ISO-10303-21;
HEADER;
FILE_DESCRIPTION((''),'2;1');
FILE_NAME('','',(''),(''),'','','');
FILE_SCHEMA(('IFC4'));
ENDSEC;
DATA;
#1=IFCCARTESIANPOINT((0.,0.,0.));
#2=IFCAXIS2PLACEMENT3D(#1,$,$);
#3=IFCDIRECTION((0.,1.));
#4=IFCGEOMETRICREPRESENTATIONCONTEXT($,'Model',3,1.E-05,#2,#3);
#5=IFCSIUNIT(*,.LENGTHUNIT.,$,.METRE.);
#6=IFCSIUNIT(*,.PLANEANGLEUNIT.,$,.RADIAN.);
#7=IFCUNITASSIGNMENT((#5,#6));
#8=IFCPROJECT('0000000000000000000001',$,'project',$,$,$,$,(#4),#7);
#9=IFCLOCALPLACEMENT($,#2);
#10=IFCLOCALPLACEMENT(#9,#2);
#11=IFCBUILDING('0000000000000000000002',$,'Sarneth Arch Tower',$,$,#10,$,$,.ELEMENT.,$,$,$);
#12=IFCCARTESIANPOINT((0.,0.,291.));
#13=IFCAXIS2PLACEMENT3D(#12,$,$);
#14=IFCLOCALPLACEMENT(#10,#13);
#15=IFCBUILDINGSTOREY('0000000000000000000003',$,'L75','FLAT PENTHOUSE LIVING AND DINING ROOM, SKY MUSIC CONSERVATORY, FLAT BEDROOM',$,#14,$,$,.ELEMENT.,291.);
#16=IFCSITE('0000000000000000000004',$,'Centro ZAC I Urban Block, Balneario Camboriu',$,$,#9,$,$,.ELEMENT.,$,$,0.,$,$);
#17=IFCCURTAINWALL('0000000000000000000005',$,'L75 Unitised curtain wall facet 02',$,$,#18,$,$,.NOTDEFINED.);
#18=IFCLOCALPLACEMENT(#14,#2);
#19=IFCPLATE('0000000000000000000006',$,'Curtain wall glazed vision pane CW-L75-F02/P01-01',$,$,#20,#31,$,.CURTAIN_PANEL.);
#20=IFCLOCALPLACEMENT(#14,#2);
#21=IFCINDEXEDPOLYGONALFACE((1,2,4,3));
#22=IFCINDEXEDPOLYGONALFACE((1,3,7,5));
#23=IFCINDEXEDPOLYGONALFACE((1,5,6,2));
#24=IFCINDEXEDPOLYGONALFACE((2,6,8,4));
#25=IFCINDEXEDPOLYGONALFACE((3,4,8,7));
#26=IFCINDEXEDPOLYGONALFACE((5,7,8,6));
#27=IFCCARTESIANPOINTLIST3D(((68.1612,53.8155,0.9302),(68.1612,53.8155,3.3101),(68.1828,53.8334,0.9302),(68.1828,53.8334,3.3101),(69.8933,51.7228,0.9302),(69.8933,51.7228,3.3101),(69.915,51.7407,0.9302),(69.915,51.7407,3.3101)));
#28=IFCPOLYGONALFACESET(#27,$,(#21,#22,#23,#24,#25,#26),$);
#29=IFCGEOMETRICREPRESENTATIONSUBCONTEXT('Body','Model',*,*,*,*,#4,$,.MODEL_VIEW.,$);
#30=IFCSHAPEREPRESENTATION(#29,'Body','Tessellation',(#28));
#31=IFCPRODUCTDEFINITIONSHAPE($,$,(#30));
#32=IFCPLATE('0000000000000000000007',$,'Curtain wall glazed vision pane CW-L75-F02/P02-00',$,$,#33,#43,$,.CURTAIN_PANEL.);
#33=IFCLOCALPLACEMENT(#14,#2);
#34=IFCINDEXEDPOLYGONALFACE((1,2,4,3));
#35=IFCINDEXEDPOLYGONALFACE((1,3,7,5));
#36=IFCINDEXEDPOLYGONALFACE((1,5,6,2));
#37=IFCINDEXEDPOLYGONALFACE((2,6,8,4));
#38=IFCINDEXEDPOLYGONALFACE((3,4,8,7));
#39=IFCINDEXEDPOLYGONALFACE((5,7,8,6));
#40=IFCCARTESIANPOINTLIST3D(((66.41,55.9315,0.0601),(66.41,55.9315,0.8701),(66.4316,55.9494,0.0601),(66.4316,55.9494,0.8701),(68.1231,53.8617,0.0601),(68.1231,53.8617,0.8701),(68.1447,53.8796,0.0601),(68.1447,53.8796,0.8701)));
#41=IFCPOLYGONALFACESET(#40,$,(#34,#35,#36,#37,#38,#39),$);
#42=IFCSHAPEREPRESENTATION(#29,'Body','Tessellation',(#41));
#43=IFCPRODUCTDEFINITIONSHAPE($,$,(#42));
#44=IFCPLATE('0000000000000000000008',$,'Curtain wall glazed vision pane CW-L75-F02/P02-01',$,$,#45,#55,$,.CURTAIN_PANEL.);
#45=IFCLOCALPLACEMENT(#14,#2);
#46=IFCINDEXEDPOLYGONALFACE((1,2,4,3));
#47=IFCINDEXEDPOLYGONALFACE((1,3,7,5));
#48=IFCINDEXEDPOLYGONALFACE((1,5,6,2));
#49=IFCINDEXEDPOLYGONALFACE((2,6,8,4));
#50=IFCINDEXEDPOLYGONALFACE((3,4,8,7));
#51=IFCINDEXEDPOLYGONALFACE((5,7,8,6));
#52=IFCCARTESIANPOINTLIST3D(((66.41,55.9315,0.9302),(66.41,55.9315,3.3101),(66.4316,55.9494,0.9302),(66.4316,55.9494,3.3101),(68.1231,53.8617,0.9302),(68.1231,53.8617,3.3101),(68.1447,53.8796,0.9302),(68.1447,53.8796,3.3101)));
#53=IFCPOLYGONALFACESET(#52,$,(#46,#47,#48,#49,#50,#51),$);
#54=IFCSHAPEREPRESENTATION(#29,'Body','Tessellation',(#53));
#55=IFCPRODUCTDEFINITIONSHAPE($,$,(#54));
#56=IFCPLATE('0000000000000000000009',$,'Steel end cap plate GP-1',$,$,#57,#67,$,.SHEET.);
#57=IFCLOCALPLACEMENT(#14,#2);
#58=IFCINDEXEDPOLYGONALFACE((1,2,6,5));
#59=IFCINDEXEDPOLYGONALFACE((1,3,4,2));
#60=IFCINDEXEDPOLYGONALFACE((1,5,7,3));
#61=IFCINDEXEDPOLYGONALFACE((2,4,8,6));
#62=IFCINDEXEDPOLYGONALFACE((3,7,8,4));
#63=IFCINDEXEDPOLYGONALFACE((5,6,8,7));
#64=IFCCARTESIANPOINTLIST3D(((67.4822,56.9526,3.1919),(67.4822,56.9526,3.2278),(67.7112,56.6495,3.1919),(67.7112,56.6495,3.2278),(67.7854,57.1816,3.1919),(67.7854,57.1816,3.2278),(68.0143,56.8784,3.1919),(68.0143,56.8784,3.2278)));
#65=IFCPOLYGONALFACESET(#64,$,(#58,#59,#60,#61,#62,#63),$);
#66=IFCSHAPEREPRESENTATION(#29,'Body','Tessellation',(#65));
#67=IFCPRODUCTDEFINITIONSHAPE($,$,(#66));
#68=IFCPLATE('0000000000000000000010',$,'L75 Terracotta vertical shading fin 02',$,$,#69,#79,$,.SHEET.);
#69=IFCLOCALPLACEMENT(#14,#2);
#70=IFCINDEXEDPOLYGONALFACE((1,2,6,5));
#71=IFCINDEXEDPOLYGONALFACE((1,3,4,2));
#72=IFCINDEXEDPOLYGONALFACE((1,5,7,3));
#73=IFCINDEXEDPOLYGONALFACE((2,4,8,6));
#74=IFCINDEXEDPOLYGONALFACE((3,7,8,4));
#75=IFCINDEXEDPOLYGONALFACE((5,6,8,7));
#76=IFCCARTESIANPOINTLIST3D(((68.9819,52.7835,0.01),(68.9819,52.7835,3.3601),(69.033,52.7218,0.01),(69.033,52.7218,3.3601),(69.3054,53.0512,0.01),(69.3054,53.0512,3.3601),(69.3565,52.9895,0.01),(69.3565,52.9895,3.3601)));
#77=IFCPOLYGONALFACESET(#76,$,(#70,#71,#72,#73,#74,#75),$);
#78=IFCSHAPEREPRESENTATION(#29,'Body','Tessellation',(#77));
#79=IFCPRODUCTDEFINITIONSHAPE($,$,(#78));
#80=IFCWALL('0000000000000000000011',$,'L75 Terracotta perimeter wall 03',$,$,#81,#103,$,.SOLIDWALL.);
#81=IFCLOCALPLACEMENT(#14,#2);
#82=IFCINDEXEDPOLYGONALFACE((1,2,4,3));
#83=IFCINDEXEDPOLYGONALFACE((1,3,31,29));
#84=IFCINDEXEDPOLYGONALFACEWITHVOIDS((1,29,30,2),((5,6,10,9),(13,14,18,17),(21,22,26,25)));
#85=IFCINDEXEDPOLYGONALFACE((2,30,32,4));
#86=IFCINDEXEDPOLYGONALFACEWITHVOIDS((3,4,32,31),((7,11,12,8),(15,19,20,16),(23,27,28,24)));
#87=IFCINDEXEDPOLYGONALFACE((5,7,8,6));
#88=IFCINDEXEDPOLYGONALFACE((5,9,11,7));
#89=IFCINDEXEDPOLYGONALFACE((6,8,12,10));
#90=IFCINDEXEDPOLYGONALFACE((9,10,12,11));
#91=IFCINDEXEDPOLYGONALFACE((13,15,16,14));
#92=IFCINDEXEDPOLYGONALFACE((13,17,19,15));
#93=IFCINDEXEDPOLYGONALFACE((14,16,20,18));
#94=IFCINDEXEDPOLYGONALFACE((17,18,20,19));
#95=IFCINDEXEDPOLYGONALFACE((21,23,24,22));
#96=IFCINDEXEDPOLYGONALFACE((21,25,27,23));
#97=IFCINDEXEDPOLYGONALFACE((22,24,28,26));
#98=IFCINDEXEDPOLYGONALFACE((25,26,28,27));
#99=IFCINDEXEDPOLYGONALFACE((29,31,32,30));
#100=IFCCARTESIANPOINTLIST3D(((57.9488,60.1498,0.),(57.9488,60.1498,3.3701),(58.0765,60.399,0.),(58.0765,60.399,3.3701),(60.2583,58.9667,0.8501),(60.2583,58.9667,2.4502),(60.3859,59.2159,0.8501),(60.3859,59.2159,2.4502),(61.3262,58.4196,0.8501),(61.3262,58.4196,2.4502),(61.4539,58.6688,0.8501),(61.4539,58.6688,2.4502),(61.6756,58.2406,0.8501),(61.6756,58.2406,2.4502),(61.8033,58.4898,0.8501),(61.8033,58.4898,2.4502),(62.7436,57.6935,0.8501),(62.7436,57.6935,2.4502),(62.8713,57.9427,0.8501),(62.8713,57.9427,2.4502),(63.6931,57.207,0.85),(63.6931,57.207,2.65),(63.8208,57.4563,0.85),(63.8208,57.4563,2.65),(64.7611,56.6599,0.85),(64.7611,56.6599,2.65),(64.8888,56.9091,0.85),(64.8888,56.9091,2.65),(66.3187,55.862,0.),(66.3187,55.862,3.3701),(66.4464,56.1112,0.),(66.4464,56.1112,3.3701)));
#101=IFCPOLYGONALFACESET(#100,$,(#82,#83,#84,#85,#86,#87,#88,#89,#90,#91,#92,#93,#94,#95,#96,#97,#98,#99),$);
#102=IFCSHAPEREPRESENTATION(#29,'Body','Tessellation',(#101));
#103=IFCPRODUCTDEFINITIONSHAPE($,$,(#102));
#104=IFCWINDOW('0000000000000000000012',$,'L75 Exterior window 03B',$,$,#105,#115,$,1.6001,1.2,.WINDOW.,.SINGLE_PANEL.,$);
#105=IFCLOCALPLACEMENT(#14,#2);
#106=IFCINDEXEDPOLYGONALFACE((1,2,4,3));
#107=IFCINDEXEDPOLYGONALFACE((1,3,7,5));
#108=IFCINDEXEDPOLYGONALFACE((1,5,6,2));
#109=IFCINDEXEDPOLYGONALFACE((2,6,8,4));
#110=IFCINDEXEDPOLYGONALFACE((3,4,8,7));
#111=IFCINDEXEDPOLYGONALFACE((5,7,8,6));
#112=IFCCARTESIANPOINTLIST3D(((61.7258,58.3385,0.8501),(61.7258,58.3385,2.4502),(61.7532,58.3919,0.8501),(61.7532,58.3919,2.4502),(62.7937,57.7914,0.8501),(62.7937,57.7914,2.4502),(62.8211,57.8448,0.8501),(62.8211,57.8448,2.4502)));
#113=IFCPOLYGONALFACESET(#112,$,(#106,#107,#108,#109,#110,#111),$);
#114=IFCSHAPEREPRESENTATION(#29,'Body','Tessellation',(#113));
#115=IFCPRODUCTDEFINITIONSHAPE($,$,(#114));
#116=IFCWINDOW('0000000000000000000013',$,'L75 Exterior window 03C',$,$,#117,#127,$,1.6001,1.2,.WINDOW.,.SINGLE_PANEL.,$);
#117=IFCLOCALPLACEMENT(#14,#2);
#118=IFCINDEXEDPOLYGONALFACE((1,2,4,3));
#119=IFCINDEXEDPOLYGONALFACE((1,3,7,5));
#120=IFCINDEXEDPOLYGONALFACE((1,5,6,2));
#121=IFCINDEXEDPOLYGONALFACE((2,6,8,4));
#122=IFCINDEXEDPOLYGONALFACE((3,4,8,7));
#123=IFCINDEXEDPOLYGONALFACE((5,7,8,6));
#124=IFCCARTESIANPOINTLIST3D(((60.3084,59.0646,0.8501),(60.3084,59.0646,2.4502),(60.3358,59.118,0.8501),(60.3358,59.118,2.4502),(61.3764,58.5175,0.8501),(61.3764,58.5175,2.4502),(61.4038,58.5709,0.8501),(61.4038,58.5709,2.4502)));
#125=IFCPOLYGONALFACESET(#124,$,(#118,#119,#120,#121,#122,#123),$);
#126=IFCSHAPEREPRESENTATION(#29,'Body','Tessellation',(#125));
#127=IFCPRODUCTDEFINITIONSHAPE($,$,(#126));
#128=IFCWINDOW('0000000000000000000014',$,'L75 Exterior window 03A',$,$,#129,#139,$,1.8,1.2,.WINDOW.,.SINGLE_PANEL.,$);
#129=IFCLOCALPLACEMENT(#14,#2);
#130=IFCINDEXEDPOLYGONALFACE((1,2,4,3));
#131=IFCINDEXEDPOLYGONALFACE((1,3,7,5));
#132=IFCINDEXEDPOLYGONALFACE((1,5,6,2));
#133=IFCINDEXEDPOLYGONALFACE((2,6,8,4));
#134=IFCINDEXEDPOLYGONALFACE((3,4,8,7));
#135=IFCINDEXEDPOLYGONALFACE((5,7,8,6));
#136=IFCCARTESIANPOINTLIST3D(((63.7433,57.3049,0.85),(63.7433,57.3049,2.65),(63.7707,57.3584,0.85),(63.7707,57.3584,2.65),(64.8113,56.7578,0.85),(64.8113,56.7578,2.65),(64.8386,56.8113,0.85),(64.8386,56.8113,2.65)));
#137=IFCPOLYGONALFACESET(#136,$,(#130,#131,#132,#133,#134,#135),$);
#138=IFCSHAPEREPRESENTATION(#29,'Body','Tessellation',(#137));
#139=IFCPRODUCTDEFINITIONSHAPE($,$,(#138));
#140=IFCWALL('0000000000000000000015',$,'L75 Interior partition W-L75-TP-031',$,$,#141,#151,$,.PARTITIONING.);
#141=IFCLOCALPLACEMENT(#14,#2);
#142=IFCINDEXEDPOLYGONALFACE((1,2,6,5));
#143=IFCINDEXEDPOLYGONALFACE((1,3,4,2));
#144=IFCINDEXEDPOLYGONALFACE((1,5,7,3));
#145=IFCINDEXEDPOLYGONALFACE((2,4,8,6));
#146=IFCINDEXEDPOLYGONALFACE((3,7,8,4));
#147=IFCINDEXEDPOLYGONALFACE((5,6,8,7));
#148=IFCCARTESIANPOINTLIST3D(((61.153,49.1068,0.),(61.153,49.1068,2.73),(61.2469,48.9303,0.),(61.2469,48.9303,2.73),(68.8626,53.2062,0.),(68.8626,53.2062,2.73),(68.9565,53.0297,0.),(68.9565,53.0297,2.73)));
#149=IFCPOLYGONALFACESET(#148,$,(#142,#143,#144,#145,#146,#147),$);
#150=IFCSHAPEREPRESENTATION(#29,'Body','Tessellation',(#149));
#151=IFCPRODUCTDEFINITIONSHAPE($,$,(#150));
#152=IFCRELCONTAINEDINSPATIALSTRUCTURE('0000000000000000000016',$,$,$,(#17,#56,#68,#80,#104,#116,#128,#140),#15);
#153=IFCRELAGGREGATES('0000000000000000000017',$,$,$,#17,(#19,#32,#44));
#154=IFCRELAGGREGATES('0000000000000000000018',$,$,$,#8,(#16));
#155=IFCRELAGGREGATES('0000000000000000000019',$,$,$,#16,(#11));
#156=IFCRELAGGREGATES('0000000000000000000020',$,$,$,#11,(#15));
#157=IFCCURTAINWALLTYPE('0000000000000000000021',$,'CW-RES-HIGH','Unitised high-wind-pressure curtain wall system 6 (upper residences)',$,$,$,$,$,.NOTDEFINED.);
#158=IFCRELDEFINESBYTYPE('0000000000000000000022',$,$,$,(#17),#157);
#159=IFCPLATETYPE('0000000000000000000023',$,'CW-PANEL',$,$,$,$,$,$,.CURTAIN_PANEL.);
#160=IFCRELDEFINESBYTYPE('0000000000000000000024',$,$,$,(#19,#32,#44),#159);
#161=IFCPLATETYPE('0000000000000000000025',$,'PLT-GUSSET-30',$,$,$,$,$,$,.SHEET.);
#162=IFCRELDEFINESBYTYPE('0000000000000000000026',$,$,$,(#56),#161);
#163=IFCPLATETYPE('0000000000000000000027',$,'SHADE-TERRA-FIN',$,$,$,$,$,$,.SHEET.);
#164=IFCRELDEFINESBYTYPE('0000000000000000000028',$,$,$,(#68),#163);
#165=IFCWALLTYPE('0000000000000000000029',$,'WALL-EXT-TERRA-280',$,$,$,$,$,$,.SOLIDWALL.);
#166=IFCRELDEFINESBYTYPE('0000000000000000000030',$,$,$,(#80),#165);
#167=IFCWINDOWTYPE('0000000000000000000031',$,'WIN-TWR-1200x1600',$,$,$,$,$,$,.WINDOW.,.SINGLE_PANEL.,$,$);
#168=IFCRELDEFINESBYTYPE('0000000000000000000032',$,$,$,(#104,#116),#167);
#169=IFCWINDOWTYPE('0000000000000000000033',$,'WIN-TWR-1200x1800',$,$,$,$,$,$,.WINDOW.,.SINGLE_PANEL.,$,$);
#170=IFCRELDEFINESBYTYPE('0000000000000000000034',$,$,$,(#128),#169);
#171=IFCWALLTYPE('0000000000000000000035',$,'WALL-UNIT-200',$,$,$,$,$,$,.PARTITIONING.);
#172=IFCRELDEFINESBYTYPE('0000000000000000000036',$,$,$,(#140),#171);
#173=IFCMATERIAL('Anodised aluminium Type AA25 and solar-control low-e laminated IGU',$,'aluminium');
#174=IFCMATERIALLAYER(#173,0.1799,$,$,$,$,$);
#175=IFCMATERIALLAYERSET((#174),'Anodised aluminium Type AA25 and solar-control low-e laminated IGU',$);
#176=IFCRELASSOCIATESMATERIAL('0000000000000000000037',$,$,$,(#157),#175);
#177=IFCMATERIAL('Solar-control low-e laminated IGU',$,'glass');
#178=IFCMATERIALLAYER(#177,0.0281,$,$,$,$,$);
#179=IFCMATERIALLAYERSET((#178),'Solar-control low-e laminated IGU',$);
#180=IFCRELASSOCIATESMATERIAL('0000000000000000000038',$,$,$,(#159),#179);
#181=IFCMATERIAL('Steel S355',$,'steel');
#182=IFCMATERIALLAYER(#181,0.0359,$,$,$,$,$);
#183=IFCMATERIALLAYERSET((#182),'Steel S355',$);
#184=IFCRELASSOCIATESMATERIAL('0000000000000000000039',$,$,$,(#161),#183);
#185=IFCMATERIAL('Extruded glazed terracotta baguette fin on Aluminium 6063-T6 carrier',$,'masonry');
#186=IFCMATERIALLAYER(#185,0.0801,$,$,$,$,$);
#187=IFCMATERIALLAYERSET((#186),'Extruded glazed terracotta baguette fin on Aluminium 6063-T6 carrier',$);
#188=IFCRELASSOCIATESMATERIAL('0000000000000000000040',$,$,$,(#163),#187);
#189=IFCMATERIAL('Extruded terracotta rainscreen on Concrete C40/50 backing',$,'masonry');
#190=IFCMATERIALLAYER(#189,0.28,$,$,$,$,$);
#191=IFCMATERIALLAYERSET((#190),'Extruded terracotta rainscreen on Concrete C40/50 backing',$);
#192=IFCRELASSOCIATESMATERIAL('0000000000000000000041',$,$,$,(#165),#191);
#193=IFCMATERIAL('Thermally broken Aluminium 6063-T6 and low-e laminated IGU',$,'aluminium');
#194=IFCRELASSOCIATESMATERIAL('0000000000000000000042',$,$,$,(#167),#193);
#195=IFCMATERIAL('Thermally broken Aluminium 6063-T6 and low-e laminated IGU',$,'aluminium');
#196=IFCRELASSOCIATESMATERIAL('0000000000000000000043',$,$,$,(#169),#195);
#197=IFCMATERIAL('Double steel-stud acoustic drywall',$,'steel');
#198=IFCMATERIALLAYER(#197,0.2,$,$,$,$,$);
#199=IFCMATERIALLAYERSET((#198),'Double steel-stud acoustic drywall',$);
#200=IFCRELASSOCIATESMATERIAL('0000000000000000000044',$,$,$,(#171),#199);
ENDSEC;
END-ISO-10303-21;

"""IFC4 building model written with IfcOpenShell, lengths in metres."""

from ifc_helpers import new_model, si_unit, direction, frame, frame_2d, origin, origin_2d, place, context, subcontext, project, spatial, rectangle, extrude, material, layer, layer_set, type_object, element, fill, aggregate, save


model = new_model("IFC4")

# Units and contexts
model_context = context("Model", 3, precision=1e-05, world=origin(), true_north=direction((0.0, 1.0)))
body_context = subcontext(model_context, "Body", "Model", "MODEL_VIEW")
ifc_project = project(units=[si_unit("LENGTHUNIT", "METRE"), si_unit("PLANEANGLEUNIT", "RADIAN")], contexts=[model_context])

# Site, building, storey
site_placement = place(None, origin())
site = spatial("IfcSite", under=ifc_project, at=site_placement, Name="Centro ZAC I Urban Block, Balneario Camboriu", CompositionType="ELEMENT", RefElevation=0.0)
building_placement = place(site_placement, origin())
building = spatial("IfcBuilding", under=site, at=building_placement, Name="Sarneth Arch Tower", CompositionType="ELEMENT")
storey_placement = place(building_placement, frame((0.0, 0.0, 291.0)))
storey = spatial("IfcBuildingStorey", under=building, at=storey_placement, Name="L75", Description="FLAT PENTHOUSE LIVING AND DINING ROOM, SKY MUSIC CONSERVATORY, FLAT BEDROOM", CompositionType="ELEMENT", Elevation=291.0)

# Curtain wall
ifc_material_1 = material(Name="Anodised aluminium Type AA25 and solar-control low-e laminated IGU", Category="aluminium")
ifc_layer_1 = layer(ifc_material_1, 0.1799)
ifc_layer_set_1 = layer_set([ifc_layer_1], Name="Anodised aluminium Type AA25 and solar-control low-e laminated IGU")
curtain_wall_type = type_object("IfcCurtainWallType", Name="CW-RES-HIGH", Description="Unitised high-wind-pressure curtain wall system 6 (upper residences)", PredefinedType="NOTDEFINED", material=ifc_layer_set_1)
curtain_wall_placement = place(storey_placement, origin())
curtain_wall = element("IfcCurtainWall", 1, at=curtain_wall_placement, inside=storey, type_object=curtain_wall_type, Name="L75 Unitised curtain wall facet 02", PredefinedType="NOTDEFINED")

# Plates
ifc_material_2 = material(Name="Solar-control low-e laminated IGU", Category="glass")
ifc_layer_2 = layer(ifc_material_2, 0.0281)
ifc_layer_set_2 = layer_set([ifc_layer_2], Name="Solar-control low-e laminated IGU")
plate_type_1 = type_object("IfcPlateType", Name="CW-PANEL", PredefinedType="CURTAIN_PANEL", material=ifc_layer_set_2)
plate_1_placement = place(storey_placement, frame((69.0381, 52.7781, 0.9302), z_axis=(0.0, 0.0, 1.0), x_axis=(-0.63761, 0.770359, 0.0)))
plate_1 = element("IfcPlate", 2, at=plate_1_placement, type_object=plate_type_1, Name="Curtain wall glazed vision pane CW-L75-F02/P01-01", PredefinedType="CURTAIN_PANEL", context=body_context, shape_type="SweptSolid", body=[
    extrude(rectangle(XDim=2.7166, YDim=0.0281, at=origin_2d()), origin(), (0.0, 0.0, 1.0), 2.3799),
])
plate_2_placement = place(storey_placement, frame((67.2773, 54.9055, 0.0601), z_axis=(0.0, 0.0, 1.0), x_axis=(-0.63761, 0.770359, 0.0)))
plate_2 = element("IfcPlate", 3, at=plate_2_placement, type_object=plate_type_1, Name="Curtain wall glazed vision pane CW-L75-F02/P02-00", PredefinedType="CURTAIN_PANEL", context=body_context, shape_type="SweptSolid", body=[
    extrude(rectangle(XDim=2.6868, YDim=0.0281, at=origin_2d()), origin(), (0.0, 0.0, 1.0), 0.8101),
])
plate_3_placement = place(storey_placement, frame((67.2773, 54.9055, 0.9302), z_axis=(0.0, 0.0, 1.0), x_axis=(-0.63761, 0.770359, 0.0)))
plate_3 = element("IfcPlate", 4, at=plate_3_placement, type_object=plate_type_1, Name="Curtain wall glazed vision pane CW-L75-F02/P02-01", PredefinedType="CURTAIN_PANEL", context=body_context, shape_type="SweptSolid", body=[
    extrude(rectangle(XDim=2.6868, YDim=0.0281, at=origin_2d()), origin(), (0.0, 0.0, 1.0), 2.3799),
])
aggregate(curtain_wall, [plate_1, plate_2, plate_3])

# Plates
ifc_material_3 = material(Name="Steel S355", Category="steel")
ifc_layer_3 = layer(ifc_material_3, 0.0359)
ifc_layer_set_3 = layer_set([ifc_layer_3], Name="Steel S355")
plate_type_2 = type_object("IfcPlateType", Name="PLT-GUSSET-30", PredefinedType="SHEET", material=ifc_layer_set_3)
plate_4_placement = place(storey_placement, frame((67.7483, 56.9155, 3.1919), z_axis=(0.0, 0.0, 1.0), x_axis=(0.798005, 0.602651, 0.0)))
element("IfcPlate", 5, at=plate_4_placement, inside=storey, type_object=plate_type_2, Name="Steel end cap plate GP-1", PredefinedType="SHEET", context=body_context, shape_type="SweptSolid", body=[
    extrude(rectangle(XDim=0.3799, YDim=0.3799, at=origin_2d()), origin(), (0.0, 0.0, 1.0), 0.0359),
])
ifc_material_4 = material(Name="Extruded glazed terracotta baguette fin on Aluminium 6063-T6 carrier", Category="masonry")
ifc_layer_4 = layer(ifc_material_4, 0.0801)
ifc_layer_set_4 = layer_set([ifc_layer_4], Name="Extruded glazed terracotta baguette fin on Aluminium 6063-T6 carrier")
plate_type_3 = type_object("IfcPlateType", Name="SHADE-TERRA-FIN", PredefinedType="SHEET", material=ifc_layer_set_4)
plate_5_placement = place(storey_placement, frame((69.1692, 52.8865, 0.01), z_axis=(0.0, 0.0, 1.0), x_axis=(0.770402, 0.637558, 0.0)))
element("IfcPlate", 6, at=plate_5_placement, inside=storey, type_object=plate_type_3, Name="L75 Terracotta vertical shading fin 02", PredefinedType="SHEET", context=body_context, shape_type="SweptSolid", body=[
    extrude(rectangle(XDim=0.4199, YDim=0.0801, at=origin_2d()), origin(), (0.0, 0.0, 1.0), 3.3501),
])

# Wall, openings, windows
ifc_material_5 = material(Name="Extruded terracotta rainscreen on Concrete C40/50 backing", Category="masonry")
ifc_layer_5 = layer(ifc_material_5, 0.28)
ifc_layer_set_5 = layer_set([ifc_layer_5], Name="Extruded terracotta rainscreen on Concrete C40/50 backing")
wall_type_1 = type_object("IfcWallType", Name="WALL-EXT-TERRA-280", PredefinedType="SOLIDWALL", material=ifc_layer_set_5)
wall_1_placement = place(storey_placement, frame((66.3826, 55.9866, 0.0), z_axis=(0.0, 0.0, 1.0), x_axis=(-0.890007, 0.455946, 0.0)))
wall_1 = element("IfcWall", 7, at=wall_1_placement, inside=storey, type_object=wall_type_1, Name="L75 Terracotta perimeter wall 03", PredefinedType="SOLIDWALL", context=body_context, shape_type="SweptSolid", body=[
    extrude(rectangle(XDim=9.4043, YDim=0.28, at=frame_2d((4.7021, 0.0))), origin(), (0.0, 0.0, 1.0), 3.3701),
])
opening_1_placement = place(wall_1_placement, frame((1.75, 0.0, 0.8501)))
opening_1 = element("IfcOpeningElement", 8, at=opening_1_placement, cuts=wall_1, PredefinedType="OPENING", context=body_context, shape_type="SweptSolid", body=[
    extrude(rectangle(XDim=1.2, YDim=1.8, at=frame_2d((0.6001, 0.8999))), frame((0.0, 0.1499, 0.0), z_axis=(0.0, -1.0, 0.0), x_axis=(1.0, 0.0, 0.0)), (0.0, 0.0, 1.0), 0.3),
])
opening_2_placement = place(wall_1_placement, frame((4.0168, 0.0, 0.8501)))
opening_2 = element("IfcOpeningElement", 9, at=opening_2_placement, cuts=wall_1, PredefinedType="OPENING", context=body_context, shape_type="SweptSolid", body=[
    extrude(rectangle(XDim=1.2, YDim=1.6001, at=frame_2d((0.6001, 0.8))), frame((0.0, 0.1499, 0.0), z_axis=(0.0, -1.0, 0.0), x_axis=(1.0, 0.0, 0.0)), (0.0, 0.0, 1.0), 0.3),
])
opening_3_placement = place(wall_1_placement, frame((5.6094, 0.0, 0.8501)))
opening_3 = element("IfcOpeningElement", 10, at=opening_3_placement, cuts=wall_1, PredefinedType="OPENING", context=body_context, shape_type="SweptSolid", body=[
    extrude(rectangle(XDim=1.2, YDim=1.6001, at=frame_2d((0.6001, 0.8))), frame((0.0, 0.1499, 0.0), z_axis=(0.0, -1.0, 0.0), x_axis=(1.0, 0.0, 0.0)), (0.0, 0.0, 1.0), 0.3),
])
ifc_material_6 = material(Name="Thermally broken Aluminium 6063-T6 and low-e laminated IGU", Category="aluminium")
window_type_1 = type_object("IfcWindowType", Name="WIN-TWR-1200x1600", PartitioningType="SINGLE_PANEL", PredefinedType="WINDOW", material=ifc_material_6)
window_1_placement = place(opening_2_placement, origin())
window_1 = element("IfcWindow", 11, at=window_1_placement, inside=storey, type_object=window_type_1, Name="L75 Exterior window 03B", OverallHeight=1.6001, OverallWidth=1.2, PartitioningType="SINGLE_PANEL", PredefinedType="WINDOW", context=body_context, shape_type="SweptSolid", body=[
    extrude(rectangle(XDim=1.2, YDim=1.6001, at=frame_2d((0.6001, 0.8))), frame((0.0, 0.03, 0.0), z_axis=(0.0, -1.0, 0.0), x_axis=(1.0, 0.0, 0.0)), (0.0, 0.0, 1.0), 0.0601),
])
fill(opening_2, window_1)
window_2_placement = place(opening_3_placement, origin())
window_2 = element("IfcWindow", 12, at=window_2_placement, inside=storey, type_object=window_type_1, Name="L75 Exterior window 03C", OverallHeight=1.6001, OverallWidth=1.2, PartitioningType="SINGLE_PANEL", PredefinedType="WINDOW", context=body_context, shape_type="SweptSolid", body=[
    extrude(rectangle(XDim=1.2, YDim=1.6001, at=frame_2d((0.6001, 0.8))), frame((0.0, 0.03, 0.0), z_axis=(0.0, -1.0, 0.0), x_axis=(1.0, 0.0, 0.0)), (0.0, 0.0, 1.0), 0.0601),
])
fill(opening_3, window_2)
ifc_material_7 = material(Name="Thermally broken Aluminium 6063-T6 and low-e laminated IGU", Category="aluminium")
window_type_2 = type_object("IfcWindowType", Name="WIN-TWR-1200x1800", PartitioningType="SINGLE_PANEL", PredefinedType="WINDOW", material=ifc_material_7)
window_3_placement = place(opening_1_placement, origin())
window_3 = element("IfcWindow", 13, at=window_3_placement, inside=storey, type_object=window_type_2, Name="L75 Exterior window 03A", OverallHeight=1.8, OverallWidth=1.2, PartitioningType="SINGLE_PANEL", PredefinedType="WINDOW", context=body_context, shape_type="SweptSolid", body=[
    extrude(rectangle(XDim=1.2, YDim=1.8, at=frame_2d((0.6001, 0.8999))), frame((0.0, 0.03, 0.0), z_axis=(0.0, -1.0, 0.0), x_axis=(1.0, 0.0, 0.0)), (0.0, 0.0, 1.0), 0.0601),
])
fill(opening_1, window_3)

# Wall
ifc_material_8 = material(Name="Double steel-stud acoustic drywall", Category="steel")
ifc_layer_6 = layer(ifc_material_8, 0.2)
ifc_layer_set_6 = layer_set([ifc_layer_6], Name="Double steel-stud acoustic drywall")
wall_type_2 = type_object("IfcWallType", Name="WALL-UNIT-200", PredefinedType="PARTITIONING", material=ifc_layer_set_6)
wall_2_placement = place(storey_placement, frame((68.9094, 53.1179, 0.0), z_axis=(0.0, 0.0, 1.0), x_axis=(-0.88294, -0.469486, 0.0)))
element("IfcWall", 14, at=wall_2_placement, inside=storey, type_object=wall_type_2, Name="L75 Interior partition W-L75-TP-031", PredefinedType="PARTITIONING", context=body_context, shape_type="SweptSolid", body=[
    extrude(rectangle(XDim=8.7317, YDim=0.2, at=frame_2d((4.3657, 0.0))), origin(), (0.0, 0.0, 1.0), 2.73),
])

save(model, "model.ifc")
